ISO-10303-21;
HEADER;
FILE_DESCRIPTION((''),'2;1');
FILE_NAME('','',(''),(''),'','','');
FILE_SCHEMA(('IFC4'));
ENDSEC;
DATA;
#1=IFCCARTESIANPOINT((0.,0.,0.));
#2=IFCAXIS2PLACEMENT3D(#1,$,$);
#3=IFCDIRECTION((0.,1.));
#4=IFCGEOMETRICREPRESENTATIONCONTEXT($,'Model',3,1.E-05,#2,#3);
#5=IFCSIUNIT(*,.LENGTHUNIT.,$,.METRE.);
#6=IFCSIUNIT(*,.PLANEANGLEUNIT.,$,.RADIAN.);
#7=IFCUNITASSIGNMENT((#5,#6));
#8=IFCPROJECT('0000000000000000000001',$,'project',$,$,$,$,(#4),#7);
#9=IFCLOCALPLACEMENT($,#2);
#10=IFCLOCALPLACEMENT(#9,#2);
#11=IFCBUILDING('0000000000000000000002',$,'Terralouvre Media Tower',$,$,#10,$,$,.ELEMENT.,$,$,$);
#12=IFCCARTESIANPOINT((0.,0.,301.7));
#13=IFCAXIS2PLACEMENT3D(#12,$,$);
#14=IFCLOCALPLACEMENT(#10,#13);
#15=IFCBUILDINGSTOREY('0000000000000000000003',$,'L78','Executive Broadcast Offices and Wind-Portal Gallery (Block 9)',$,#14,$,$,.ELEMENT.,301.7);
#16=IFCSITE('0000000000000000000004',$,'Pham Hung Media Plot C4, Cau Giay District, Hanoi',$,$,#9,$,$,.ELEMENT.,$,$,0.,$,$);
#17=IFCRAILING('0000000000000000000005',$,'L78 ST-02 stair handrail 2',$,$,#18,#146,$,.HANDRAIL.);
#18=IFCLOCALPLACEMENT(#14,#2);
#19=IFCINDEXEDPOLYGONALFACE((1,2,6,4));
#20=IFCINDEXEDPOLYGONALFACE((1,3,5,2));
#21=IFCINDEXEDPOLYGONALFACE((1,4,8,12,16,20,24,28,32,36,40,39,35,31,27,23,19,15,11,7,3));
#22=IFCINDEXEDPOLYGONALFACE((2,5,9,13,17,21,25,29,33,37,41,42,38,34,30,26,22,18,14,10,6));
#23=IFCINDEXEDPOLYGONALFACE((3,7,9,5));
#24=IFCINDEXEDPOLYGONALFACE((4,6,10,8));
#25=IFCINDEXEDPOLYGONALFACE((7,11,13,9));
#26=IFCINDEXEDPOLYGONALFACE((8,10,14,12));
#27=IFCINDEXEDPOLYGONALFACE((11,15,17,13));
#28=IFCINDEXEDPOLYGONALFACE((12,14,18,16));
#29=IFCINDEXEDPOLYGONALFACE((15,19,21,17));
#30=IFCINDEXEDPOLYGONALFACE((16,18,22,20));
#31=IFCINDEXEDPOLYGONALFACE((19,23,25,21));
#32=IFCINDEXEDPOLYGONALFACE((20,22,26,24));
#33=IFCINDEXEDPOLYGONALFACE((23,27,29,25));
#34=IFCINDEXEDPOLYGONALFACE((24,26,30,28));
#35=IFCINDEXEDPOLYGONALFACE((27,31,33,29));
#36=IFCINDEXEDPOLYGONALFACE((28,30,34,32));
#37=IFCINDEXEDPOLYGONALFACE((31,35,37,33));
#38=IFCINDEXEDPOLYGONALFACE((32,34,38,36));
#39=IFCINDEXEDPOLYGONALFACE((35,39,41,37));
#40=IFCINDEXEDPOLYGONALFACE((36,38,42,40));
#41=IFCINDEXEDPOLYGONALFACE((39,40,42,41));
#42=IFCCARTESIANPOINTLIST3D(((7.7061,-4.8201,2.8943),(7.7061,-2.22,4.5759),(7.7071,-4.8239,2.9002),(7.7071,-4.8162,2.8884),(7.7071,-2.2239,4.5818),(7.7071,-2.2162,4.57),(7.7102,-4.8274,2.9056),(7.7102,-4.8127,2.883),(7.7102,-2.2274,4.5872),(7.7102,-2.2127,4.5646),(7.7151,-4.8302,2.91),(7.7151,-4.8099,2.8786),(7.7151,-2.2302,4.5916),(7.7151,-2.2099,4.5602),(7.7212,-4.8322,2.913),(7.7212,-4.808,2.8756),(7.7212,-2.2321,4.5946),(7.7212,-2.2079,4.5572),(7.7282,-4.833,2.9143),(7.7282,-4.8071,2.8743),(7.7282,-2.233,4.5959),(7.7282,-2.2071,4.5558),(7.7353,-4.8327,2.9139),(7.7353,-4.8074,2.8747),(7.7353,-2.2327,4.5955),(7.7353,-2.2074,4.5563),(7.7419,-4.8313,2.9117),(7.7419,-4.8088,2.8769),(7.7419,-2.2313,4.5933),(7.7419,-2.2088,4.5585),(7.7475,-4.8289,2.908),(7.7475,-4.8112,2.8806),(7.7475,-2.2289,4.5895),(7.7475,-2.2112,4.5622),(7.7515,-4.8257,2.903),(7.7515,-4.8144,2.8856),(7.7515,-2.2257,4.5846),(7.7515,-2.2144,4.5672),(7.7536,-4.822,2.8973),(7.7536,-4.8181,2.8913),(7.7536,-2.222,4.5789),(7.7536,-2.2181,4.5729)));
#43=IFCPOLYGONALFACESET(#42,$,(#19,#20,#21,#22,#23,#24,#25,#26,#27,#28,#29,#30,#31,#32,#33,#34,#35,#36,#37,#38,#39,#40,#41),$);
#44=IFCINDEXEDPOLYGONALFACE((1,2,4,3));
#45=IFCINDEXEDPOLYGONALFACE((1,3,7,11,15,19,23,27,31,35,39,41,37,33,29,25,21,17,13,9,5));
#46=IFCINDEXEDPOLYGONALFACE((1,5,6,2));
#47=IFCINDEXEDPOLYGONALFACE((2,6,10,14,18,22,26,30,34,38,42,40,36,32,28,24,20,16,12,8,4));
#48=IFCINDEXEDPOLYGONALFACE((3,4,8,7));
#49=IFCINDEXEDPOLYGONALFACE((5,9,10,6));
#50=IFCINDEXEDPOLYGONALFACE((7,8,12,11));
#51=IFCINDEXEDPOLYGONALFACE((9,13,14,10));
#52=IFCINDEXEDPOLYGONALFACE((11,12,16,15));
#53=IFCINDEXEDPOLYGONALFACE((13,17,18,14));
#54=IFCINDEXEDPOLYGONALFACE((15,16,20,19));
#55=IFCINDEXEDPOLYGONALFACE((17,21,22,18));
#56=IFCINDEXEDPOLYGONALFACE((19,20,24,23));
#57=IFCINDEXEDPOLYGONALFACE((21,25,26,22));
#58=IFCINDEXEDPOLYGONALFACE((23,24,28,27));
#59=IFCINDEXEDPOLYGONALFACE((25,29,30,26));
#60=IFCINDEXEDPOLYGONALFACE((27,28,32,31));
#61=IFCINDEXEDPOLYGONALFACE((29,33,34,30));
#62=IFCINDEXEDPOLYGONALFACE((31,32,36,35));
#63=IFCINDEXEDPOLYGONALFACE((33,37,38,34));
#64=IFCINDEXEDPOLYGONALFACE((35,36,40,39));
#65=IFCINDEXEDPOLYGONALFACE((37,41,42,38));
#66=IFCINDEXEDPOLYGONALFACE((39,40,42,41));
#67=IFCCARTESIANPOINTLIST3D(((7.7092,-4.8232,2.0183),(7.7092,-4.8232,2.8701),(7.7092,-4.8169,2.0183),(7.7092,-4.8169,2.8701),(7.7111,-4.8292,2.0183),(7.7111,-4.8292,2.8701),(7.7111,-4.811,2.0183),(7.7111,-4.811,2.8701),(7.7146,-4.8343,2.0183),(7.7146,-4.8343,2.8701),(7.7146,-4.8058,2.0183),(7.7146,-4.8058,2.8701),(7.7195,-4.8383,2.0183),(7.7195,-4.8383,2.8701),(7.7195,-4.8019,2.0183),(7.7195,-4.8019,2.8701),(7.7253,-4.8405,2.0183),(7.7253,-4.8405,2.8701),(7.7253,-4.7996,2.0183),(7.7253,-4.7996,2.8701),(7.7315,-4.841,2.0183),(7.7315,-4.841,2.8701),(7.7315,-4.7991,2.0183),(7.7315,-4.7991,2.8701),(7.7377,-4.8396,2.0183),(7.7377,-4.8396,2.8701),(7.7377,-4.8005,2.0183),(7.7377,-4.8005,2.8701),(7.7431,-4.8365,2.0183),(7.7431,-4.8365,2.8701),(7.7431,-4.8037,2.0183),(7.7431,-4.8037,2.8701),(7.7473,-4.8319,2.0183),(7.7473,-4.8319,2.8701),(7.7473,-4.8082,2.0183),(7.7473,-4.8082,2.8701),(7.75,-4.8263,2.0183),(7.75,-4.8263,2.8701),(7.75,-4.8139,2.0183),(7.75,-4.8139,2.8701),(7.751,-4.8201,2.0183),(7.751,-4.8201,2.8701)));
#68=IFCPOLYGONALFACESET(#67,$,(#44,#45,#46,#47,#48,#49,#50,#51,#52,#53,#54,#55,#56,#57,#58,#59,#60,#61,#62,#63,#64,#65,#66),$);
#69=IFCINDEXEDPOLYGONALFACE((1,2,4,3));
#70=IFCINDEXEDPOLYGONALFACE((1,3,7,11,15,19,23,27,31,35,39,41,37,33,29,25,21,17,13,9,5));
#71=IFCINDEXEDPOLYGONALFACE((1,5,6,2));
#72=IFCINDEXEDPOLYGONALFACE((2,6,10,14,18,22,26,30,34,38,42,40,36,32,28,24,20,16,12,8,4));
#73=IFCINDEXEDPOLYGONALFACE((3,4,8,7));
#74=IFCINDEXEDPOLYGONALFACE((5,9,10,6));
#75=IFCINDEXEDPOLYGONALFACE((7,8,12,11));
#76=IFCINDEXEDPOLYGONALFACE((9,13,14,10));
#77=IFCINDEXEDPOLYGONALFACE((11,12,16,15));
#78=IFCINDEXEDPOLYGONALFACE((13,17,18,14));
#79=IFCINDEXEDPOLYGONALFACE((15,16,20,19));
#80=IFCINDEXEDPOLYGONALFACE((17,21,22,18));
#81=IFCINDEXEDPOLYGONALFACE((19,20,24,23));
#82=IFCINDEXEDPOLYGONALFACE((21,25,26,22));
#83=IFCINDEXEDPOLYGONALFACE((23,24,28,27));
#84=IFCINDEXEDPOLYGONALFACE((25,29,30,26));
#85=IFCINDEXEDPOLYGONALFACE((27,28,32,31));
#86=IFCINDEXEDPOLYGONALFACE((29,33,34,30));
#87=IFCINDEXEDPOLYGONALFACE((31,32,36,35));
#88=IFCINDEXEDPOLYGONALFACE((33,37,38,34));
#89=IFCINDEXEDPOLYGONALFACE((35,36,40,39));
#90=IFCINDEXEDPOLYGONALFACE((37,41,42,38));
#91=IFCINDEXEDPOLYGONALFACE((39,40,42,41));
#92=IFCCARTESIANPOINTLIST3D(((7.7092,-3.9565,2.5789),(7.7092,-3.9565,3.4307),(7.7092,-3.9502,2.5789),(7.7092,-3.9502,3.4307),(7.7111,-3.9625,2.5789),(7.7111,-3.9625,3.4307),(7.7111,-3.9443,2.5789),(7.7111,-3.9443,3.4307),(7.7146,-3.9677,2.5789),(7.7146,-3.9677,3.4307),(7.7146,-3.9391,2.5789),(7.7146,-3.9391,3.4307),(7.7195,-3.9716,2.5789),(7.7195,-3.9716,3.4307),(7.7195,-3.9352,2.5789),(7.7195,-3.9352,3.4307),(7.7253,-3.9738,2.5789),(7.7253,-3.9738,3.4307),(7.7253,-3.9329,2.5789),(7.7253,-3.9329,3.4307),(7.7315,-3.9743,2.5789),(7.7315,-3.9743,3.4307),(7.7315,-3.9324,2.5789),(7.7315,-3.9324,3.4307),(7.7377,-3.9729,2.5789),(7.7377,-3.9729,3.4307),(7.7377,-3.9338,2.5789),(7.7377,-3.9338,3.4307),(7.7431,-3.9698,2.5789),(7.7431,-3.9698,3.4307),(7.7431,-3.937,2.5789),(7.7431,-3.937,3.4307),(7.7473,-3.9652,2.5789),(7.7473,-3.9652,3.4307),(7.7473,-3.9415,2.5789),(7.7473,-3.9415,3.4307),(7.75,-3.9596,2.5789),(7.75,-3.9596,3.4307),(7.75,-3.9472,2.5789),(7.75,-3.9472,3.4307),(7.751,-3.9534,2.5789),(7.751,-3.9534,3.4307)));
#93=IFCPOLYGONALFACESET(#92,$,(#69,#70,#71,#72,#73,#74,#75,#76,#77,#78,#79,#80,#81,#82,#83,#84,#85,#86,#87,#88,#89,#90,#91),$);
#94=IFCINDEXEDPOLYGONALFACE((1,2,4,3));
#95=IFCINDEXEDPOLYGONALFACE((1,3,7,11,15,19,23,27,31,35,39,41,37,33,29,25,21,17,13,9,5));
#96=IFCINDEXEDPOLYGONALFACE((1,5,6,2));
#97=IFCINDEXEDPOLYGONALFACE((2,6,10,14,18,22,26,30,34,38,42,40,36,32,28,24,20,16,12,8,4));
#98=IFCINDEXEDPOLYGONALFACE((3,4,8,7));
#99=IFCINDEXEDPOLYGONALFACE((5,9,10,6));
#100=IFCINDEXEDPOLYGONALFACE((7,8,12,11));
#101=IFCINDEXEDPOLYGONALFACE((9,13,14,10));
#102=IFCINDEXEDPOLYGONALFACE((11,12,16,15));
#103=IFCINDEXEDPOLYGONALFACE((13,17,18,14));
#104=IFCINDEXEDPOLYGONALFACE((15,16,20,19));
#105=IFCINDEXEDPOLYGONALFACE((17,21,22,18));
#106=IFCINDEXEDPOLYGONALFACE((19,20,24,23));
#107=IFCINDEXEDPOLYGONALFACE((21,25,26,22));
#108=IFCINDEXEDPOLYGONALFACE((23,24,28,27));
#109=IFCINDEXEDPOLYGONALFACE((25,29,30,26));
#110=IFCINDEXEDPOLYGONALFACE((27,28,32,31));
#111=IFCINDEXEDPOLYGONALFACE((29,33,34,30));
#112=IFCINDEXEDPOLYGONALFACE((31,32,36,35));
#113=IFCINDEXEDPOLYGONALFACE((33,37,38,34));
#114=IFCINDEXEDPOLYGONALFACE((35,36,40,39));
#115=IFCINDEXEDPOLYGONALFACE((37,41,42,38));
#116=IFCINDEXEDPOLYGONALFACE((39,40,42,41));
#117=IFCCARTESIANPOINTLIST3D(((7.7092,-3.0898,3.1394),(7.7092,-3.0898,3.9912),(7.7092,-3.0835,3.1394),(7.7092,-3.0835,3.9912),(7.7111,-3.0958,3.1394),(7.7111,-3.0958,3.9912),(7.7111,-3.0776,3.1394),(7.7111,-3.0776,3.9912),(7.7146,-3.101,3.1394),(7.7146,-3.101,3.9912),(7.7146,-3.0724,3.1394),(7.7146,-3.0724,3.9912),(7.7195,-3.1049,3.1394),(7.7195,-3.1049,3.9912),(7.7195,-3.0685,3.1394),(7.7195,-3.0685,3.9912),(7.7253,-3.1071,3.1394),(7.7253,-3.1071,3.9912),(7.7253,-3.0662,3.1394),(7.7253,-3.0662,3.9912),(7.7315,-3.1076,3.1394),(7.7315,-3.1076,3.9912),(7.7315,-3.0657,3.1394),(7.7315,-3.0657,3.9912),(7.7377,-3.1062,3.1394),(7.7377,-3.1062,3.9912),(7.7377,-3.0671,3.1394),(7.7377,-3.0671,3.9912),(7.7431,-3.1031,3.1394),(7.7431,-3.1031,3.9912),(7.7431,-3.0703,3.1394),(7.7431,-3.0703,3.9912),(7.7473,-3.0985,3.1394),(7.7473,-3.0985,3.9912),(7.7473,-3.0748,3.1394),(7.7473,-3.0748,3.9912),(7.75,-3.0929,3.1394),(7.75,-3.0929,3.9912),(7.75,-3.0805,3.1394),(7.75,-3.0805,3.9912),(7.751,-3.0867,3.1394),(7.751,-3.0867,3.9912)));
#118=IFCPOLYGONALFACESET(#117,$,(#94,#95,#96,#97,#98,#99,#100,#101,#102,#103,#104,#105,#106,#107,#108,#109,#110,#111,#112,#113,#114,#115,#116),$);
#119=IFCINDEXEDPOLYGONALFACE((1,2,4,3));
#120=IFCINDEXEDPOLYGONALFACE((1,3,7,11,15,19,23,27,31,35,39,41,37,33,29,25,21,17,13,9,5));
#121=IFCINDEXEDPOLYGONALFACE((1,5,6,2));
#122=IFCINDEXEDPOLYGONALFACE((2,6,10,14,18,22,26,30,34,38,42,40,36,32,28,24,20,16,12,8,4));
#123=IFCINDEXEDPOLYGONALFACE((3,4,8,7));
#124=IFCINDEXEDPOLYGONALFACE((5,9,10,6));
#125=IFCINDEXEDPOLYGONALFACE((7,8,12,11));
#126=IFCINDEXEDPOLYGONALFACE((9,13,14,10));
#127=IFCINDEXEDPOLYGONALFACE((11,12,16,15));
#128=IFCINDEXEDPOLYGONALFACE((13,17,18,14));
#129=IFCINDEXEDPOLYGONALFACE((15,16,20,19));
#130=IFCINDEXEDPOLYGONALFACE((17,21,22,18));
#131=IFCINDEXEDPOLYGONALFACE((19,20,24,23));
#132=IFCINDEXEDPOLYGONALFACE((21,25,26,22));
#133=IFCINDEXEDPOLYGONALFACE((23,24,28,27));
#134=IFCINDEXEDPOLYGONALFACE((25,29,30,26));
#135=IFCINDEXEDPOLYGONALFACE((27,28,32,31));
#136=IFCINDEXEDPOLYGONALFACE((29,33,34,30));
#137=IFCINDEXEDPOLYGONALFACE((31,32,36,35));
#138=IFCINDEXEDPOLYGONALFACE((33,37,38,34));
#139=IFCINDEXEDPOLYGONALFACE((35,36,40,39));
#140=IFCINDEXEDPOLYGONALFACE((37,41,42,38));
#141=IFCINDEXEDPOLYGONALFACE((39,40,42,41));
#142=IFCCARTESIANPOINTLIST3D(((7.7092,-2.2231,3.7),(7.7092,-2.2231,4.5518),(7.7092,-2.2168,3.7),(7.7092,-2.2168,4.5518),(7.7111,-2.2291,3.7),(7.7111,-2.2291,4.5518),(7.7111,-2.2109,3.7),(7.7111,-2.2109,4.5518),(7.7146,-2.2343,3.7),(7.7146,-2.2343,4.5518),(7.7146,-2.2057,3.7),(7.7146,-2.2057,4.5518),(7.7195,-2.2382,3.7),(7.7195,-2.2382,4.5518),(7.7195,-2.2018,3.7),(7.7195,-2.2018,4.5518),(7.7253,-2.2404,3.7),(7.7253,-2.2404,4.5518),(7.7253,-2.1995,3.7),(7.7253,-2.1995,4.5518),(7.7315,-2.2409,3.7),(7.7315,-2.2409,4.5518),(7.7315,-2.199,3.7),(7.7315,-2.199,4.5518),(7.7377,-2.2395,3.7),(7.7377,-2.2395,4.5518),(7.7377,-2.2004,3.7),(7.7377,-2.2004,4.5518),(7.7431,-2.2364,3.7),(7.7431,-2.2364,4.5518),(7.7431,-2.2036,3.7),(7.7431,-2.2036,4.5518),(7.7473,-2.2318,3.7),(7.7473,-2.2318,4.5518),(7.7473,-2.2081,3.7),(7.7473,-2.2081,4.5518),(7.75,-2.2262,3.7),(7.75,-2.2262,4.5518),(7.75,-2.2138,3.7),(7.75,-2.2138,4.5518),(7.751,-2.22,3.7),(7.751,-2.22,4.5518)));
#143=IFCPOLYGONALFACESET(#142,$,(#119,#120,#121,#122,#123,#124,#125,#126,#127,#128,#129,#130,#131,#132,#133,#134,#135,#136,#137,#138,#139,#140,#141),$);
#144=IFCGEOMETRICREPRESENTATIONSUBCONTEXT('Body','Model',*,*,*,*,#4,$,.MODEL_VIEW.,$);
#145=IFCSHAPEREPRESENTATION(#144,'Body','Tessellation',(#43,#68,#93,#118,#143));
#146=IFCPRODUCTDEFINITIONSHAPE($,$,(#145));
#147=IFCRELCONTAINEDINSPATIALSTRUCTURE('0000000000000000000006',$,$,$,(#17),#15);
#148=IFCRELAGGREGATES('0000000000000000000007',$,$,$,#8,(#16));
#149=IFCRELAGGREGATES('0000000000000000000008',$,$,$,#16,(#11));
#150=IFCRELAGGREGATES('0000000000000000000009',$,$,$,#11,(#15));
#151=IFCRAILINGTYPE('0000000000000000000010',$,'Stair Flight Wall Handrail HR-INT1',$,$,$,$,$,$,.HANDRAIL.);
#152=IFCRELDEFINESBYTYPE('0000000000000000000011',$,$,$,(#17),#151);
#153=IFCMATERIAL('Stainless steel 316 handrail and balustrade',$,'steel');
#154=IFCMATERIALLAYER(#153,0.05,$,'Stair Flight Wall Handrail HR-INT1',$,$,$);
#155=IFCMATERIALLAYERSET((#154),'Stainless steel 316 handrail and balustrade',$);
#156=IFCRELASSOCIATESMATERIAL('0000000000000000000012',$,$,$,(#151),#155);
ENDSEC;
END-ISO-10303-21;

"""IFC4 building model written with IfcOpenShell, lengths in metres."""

from ifc_helpers import new_model, si_unit, direction, frame, origin, origin_2d, place, context, subcontext, project, spatial, circle, extrude, material, layer, layer_set, type_object, element, save


model = new_model("IFC4")

# Units and contexts
model_context = context("Model", 3, precision=1e-05, world=origin(), true_north=direction((0.0, 1.0)))
body_context = subcontext(model_context, "Body", "Model", "MODEL_VIEW")
ifc_project = project(units=[si_unit("LENGTHUNIT", "METRE"), si_unit("PLANEANGLEUNIT", "RADIAN")], contexts=[model_context])

# Site, building, storey
site_placement = place(None, origin())
site = spatial("IfcSite", under=ifc_project, at=site_placement, Name="Pham Hung Media Plot C4, Cau Giay District, Hanoi", CompositionType="ELEMENT", RefElevation=0.0)
building_placement = place(site_placement, origin())
building = spatial("IfcBuilding", under=site, at=building_placement, Name="Terralouvre Media Tower", CompositionType="ELEMENT")
storey_placement = place(building_placement, frame((0.0, 0.0, 301.7)))
storey = spatial("IfcBuildingStorey", under=building, at=storey_placement, Name="L78", Description="Executive Broadcast Offices and Wind-Portal Gallery (Block 9)", CompositionType="ELEMENT", Elevation=301.7)

# Railing
ifc_material_1 = material(Name="Stainless steel 316 handrail and balustrade", Category="steel")
ifc_layer_1 = layer(ifc_material_1, 0.05, Name="Stair Flight Wall Handrail HR-INT1")
ifc_layer_set_1 = layer_set([ifc_layer_1], Name="Stainless steel 316 handrail and balustrade")
railing_type_1 = type_object("IfcRailingType", Name="Stair Flight Wall Handrail HR-INT1", PredefinedType="HANDRAIL", material=ifc_layer_set_1)
railing_1_placement = place(storey_placement, frame((7.73, -4.8201, 2.0183)))
element("IfcRailing", 1, at=railing_1_placement, inside=storey, type_object=railing_type_1, Name="L78 ST-02 stair handrail 2", PredefinedType="HANDRAIL", context=body_context, shape_type="SweptSolid", body=[
    extrude(circle(Radius=0.0239, at=origin_2d()), frame((0.0, 0.0, 0.876), z_axis=(0.0, 0.839684, 0.543075), x_axis=(-1.0, 0.0, 0.0)), (0.0, 0.0, 1.0), 3.0964),
    extrude(circle(Radius=0.021, at=origin_2d()), origin(), (0.0, 0.0, 1.0), 0.8518),
    extrude(circle(Radius=0.021, at=origin_2d()), frame((0.0, 0.8667, 0.5605)), (0.0, 0.0, 1.0), 0.8518),
    extrude(circle(Radius=0.021, at=origin_2d()), frame((0.0, 1.7334, 1.1211)), (0.0, 0.0, 1.0), 0.8518),
    extrude(circle(Radius=0.021, at=origin_2d()), frame((0.0, 2.6001, 1.6816)), (0.0, 0.0, 1.0), 0.8518),
])

save(model, "model.ifc")
